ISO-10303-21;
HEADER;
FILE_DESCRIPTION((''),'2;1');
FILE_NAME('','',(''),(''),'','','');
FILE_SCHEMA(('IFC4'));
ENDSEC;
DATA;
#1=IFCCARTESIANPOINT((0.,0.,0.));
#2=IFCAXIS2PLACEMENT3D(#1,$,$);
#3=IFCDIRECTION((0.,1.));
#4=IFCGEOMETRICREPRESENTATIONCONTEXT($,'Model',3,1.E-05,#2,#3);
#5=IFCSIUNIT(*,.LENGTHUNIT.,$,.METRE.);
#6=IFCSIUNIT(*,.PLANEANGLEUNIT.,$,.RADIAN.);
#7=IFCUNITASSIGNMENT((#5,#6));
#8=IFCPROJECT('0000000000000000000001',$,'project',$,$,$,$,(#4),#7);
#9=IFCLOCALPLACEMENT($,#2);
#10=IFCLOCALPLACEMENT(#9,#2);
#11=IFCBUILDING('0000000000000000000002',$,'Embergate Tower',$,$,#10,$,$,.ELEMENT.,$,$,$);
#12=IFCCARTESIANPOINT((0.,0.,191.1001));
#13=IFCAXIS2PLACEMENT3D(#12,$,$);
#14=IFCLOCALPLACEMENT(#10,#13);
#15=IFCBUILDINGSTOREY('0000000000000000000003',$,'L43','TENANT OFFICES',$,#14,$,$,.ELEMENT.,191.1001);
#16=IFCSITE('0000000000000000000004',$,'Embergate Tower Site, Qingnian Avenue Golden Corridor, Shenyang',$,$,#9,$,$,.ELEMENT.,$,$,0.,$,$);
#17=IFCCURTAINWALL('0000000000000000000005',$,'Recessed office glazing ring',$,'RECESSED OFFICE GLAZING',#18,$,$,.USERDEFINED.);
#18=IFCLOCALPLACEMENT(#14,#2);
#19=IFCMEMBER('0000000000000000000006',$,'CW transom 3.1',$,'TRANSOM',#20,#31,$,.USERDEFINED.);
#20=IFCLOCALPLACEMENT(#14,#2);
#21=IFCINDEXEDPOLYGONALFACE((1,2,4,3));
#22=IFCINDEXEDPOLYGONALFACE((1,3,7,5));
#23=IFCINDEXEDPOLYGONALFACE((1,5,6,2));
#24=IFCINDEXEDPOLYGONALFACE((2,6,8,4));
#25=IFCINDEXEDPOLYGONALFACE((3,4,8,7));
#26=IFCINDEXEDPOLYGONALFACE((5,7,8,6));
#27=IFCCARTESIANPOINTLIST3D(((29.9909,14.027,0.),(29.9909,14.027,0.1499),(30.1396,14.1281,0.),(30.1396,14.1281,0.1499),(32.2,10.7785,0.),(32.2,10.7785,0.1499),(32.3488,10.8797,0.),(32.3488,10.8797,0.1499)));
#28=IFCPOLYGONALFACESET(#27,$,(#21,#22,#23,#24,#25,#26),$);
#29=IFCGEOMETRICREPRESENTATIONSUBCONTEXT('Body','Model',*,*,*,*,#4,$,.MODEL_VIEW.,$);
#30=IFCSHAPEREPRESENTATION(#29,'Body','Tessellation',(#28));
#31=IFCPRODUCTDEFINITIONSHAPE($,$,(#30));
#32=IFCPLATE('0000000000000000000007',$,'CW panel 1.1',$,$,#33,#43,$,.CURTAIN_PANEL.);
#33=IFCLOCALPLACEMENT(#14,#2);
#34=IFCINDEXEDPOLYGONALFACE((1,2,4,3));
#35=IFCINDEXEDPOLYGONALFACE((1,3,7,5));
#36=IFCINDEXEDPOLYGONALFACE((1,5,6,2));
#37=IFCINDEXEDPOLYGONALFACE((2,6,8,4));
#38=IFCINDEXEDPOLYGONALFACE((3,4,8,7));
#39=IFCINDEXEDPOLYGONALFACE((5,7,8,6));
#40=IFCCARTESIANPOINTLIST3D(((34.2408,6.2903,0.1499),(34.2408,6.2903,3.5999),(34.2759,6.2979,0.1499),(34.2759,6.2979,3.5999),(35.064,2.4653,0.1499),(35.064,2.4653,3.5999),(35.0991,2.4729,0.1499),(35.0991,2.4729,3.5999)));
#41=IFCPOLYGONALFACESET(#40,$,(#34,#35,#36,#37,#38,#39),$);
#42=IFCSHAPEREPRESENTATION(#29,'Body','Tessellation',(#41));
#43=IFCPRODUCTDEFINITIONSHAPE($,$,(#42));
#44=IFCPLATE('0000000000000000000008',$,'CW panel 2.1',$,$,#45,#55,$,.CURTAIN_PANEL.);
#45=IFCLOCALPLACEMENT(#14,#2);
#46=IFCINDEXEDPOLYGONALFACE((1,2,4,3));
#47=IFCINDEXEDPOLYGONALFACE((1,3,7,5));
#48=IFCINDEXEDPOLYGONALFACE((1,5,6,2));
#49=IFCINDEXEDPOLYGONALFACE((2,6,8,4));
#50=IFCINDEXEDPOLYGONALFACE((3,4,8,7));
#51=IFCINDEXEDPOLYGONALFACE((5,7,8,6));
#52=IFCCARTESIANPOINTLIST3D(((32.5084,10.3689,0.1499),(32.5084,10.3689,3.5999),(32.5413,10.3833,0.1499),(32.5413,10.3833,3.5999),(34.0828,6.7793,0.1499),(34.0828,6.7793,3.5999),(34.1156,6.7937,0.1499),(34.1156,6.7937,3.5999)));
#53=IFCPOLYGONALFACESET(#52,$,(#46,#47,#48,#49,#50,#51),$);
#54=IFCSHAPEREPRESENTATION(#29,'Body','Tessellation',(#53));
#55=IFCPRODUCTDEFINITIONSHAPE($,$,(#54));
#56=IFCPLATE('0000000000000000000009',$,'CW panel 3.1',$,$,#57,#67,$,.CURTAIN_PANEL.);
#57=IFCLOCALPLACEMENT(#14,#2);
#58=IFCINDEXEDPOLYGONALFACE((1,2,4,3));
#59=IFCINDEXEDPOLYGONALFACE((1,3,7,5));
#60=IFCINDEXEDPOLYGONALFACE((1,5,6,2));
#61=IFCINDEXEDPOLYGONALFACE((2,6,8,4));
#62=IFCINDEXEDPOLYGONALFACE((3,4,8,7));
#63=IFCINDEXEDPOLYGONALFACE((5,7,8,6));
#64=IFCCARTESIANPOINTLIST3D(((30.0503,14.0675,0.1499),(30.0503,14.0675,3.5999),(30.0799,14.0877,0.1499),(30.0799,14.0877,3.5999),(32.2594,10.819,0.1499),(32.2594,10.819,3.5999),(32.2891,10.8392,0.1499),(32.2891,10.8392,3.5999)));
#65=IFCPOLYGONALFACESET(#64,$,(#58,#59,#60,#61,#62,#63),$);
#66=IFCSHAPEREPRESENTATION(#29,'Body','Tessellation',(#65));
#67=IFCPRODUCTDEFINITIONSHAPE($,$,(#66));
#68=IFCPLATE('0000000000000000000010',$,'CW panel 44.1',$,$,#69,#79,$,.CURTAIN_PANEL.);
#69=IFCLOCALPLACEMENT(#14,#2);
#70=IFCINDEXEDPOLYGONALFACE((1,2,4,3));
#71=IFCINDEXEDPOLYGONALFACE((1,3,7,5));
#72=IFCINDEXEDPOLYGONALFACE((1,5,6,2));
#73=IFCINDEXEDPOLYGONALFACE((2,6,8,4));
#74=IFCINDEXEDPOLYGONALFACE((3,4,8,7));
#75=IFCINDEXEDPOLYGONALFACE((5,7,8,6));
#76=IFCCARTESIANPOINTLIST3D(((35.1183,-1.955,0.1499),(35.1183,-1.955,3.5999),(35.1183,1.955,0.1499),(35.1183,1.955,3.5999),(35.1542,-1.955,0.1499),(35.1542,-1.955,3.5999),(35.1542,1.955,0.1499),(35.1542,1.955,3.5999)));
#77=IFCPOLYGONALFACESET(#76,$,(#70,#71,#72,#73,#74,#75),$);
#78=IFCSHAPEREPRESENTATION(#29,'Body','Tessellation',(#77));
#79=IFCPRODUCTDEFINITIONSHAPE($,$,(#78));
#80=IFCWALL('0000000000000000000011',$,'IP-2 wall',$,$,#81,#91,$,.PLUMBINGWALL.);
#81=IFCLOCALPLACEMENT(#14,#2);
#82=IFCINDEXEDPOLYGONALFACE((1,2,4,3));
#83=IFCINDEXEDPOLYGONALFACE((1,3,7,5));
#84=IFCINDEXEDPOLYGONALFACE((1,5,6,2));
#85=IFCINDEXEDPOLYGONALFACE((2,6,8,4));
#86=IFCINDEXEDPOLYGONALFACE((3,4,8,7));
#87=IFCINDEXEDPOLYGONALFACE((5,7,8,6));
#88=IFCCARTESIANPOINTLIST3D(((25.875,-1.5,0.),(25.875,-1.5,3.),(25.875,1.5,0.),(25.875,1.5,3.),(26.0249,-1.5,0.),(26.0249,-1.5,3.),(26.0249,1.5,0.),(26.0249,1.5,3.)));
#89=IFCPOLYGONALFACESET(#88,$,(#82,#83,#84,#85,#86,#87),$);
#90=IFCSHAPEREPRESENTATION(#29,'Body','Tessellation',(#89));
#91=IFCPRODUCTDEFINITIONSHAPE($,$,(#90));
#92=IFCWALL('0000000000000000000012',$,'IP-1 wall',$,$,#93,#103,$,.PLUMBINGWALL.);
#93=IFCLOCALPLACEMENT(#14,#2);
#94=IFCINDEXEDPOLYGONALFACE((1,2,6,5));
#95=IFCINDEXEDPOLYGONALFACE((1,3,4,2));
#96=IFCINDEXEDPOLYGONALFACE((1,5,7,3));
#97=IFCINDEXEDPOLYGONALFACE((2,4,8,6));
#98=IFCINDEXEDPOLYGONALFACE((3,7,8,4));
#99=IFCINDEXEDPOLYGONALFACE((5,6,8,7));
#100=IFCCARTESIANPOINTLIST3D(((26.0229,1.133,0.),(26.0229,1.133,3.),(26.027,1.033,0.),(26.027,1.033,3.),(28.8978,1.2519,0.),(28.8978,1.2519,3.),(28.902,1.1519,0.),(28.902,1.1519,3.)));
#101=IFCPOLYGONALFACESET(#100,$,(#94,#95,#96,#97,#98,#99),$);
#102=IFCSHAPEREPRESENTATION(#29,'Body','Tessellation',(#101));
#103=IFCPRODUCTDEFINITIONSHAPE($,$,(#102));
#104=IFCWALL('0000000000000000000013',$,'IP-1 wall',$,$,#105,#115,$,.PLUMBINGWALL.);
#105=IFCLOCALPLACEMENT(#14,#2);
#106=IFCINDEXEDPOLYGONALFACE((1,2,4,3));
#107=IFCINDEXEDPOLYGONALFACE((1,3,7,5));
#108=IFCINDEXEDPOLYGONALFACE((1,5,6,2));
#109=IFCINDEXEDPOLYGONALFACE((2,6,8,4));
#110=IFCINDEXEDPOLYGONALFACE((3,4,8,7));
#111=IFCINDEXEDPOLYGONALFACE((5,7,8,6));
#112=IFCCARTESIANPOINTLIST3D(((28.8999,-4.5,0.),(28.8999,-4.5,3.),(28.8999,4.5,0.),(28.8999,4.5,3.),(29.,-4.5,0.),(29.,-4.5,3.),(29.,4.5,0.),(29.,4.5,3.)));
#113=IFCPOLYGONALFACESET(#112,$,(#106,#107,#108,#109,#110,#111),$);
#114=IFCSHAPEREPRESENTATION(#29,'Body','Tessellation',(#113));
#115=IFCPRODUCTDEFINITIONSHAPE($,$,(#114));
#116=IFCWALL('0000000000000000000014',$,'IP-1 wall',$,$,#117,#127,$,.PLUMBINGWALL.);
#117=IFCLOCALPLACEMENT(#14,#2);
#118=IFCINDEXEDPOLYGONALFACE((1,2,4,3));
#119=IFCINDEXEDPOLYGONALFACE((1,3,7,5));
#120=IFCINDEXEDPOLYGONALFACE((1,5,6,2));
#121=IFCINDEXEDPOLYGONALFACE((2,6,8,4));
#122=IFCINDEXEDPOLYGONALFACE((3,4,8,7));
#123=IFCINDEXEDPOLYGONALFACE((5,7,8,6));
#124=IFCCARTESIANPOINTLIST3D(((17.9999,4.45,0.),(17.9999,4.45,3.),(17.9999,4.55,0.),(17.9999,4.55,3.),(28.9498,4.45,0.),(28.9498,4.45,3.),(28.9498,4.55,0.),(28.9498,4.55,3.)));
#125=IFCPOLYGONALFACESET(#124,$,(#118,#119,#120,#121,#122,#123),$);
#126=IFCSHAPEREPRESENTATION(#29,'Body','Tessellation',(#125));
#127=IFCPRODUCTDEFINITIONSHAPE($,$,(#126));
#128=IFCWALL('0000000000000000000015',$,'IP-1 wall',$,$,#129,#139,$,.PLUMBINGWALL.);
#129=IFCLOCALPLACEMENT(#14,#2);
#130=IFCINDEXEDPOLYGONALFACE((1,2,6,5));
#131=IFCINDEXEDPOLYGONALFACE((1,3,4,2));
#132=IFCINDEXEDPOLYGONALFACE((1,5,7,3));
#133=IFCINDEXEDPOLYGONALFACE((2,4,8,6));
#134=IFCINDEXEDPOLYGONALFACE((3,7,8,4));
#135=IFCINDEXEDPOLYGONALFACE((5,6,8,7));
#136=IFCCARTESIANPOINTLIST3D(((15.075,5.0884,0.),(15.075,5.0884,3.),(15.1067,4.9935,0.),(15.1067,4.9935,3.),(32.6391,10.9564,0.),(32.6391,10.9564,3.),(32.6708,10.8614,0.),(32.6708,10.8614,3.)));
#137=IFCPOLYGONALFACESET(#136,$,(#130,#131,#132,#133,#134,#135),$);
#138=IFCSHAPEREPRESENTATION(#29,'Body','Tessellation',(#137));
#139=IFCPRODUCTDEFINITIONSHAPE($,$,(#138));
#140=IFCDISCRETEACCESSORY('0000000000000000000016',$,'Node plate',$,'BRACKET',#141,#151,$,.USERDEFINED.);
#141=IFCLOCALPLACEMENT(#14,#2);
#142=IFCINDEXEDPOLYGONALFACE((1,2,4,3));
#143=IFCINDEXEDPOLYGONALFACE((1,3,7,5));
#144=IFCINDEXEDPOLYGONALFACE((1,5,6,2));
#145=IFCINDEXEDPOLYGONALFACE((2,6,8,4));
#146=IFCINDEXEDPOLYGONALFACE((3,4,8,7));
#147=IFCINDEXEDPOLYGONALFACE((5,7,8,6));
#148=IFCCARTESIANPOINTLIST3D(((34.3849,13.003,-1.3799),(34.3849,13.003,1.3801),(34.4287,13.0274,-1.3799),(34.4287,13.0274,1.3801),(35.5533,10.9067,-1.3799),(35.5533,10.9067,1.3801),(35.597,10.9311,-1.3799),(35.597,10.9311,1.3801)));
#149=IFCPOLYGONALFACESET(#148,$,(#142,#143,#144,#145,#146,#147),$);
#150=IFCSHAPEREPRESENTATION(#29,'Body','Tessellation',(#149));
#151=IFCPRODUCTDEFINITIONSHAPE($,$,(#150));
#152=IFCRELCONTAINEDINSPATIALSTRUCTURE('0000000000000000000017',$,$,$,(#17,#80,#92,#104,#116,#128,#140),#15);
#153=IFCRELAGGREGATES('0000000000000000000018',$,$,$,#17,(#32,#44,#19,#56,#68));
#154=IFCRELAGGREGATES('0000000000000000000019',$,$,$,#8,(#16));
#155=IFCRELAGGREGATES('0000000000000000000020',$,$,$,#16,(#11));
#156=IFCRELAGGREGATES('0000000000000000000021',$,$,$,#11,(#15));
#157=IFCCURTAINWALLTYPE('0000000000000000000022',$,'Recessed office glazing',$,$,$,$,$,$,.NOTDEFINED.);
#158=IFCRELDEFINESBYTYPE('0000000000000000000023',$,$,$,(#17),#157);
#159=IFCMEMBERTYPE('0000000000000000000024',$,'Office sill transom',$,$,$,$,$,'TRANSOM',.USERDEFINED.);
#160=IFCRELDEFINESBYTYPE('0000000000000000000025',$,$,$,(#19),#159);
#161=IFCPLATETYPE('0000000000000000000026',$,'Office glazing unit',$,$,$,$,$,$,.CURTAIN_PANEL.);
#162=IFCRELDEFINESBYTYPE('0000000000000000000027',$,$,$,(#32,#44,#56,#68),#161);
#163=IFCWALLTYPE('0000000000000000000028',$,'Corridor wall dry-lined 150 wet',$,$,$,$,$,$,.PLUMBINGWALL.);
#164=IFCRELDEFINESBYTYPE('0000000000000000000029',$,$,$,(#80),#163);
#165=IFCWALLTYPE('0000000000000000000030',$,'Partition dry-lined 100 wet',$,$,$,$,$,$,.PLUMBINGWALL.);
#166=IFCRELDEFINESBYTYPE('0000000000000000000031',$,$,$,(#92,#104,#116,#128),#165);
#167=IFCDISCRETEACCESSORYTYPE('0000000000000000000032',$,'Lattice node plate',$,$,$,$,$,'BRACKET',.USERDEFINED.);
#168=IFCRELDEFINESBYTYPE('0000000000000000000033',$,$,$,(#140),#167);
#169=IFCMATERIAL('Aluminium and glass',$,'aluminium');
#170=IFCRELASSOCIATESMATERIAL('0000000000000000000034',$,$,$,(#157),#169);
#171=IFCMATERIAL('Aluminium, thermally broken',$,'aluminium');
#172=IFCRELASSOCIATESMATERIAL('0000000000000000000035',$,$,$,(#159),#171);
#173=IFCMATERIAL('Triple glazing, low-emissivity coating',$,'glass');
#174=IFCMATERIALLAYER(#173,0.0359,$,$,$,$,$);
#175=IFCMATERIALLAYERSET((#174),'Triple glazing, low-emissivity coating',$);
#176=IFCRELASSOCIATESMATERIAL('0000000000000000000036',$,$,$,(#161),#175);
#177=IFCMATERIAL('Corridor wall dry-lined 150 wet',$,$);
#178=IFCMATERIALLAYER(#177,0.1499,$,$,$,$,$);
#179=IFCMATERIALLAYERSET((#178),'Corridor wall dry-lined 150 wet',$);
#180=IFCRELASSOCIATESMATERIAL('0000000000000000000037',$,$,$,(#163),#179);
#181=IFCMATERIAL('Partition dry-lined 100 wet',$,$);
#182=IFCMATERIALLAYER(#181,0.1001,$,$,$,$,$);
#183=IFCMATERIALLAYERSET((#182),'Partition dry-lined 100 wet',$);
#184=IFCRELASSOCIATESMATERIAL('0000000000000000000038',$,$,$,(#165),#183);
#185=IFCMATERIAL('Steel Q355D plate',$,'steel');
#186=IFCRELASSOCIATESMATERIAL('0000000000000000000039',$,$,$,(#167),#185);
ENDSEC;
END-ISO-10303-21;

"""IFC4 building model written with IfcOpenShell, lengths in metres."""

from ifc_helpers import new_model, si_unit, direction, frame, frame_2d, origin, origin_2d, place, context, subcontext, project, spatial, rectangle, extrude, source, transform, mapped, material, layer, layer_set, material_profile, profile_set, type_object, element, aggregate, save


model = new_model("IFC4")

# Units and contexts
model_context = context("Model", 3, precision=1e-05, world=origin(), true_north=direction((0.0, 1.0)))
body_context = subcontext(model_context, "Body", "Model", "MODEL_VIEW")
ifc_project = project(units=[si_unit("LENGTHUNIT", "METRE"), si_unit("PLANEANGLEUNIT", "RADIAN")], contexts=[model_context])

# Site, building, storey
site_placement = place(None, origin())
site = spatial("IfcSite", under=ifc_project, at=site_placement, Name="Embergate Tower Site, Qingnian Avenue Golden Corridor, Shenyang", CompositionType="ELEMENT", RefElevation=0.0)
building_placement = place(site_placement, origin())
building = spatial("IfcBuilding", under=site, at=building_placement, Name="Embergate Tower", CompositionType="ELEMENT")
storey_placement = place(building_placement, frame((0.0, 0.0, 191.1001)))
storey = spatial("IfcBuildingStorey", under=building, at=storey_placement, Name="L43", Description="TENANT OFFICES", CompositionType="ELEMENT", Elevation=191.1001)

# Curtain wall, member, plates
ifc_material_1 = material(Name="Aluminium and glass", Category="aluminium")
curtain_wall_type = type_object("IfcCurtainWallType", Name="Recessed office glazing", PredefinedType="NOTDEFINED", material=ifc_material_1)
curtain_wall_placement = place(storey_placement, origin())
curtain_wall = element("IfcCurtainWall", 1, at=curtain_wall_placement, inside=storey, type_object=curtain_wall_type, Name="Recessed office glazing ring", ObjectType="RECESSED OFFICE GLAZING", PredefinedType="USERDEFINED")
ifc_material_2 = material(Name="Aluminium, thermally broken", Category="aluminium")
ifc_material_profile_1 = material_profile(ifc_material_2, rectangle(XDim=0.1799, YDim=0.1499, at=origin_2d()), Name="AL 150x180")
ifc_profile_set_1 = profile_set([ifc_material_profile_1], Name="Aluminium, thermally broken")
member_type_1 = type_object("IfcMemberType", Name="Office sill transom", ElementType="TRANSOM", PredefinedType="USERDEFINED", material=ifc_profile_set_1)
shared_shape_1 = source(origin(), body_context, "Body", "SweptSolid", [
    extrude(rectangle(XDim=0.1799, YDim=0.1499, at=origin_2d()), origin(), (0.0, 0.0, 1.0), 3.9285),
])
member_1_placement = place(storey_placement, frame((32.2744, 10.8291, 0.075), z_axis=(-0.562349, 0.8269, 0.0), x_axis=(-0.8269, -0.562349, 0.0)))
member_1 = element("IfcMember", 2, at=member_1_placement, type_object=member_type_1, Name="CW transom 3.1", ObjectType="TRANSOM", PredefinedType="USERDEFINED", context=body_context, shape_type="MappedRepresentation", body=[
    mapped(shared_shape_1, transform((0.0, 0.0, 0.0))),
])
ifc_material_3 = material(Name="Triple glazing, low-emissivity coating", Category="glass")
ifc_layer_1 = layer(ifc_material_3, 0.0359)
ifc_layer_set_1 = layer_set([ifc_layer_1], Name="Triple glazing, low-emissivity coating")
plate_type = type_object("IfcPlateType", Name="Office glazing unit", PredefinedType="CURTAIN_PANEL", material=ifc_layer_set_1)
shared_shape_2 = source(origin(), body_context, "Body", "SweptSolid", [
    extrude(rectangle(XDim=3.9126, YDim=0.0359, at=origin_2d()), origin(), (0.0, 0.0, 1.0), 3.45),
])
plate_1_placement = place(storey_placement, frame((34.6699, 4.3816, 0.1499), z_axis=(0.0, 0.0, 1.0), x_axis=(-0.2104, 0.977615, 0.0)))
plate_1 = element("IfcPlate", 3, at=plate_1_placement, type_object=plate_type, Name="CW panel 1.1", PredefinedType="CURTAIN_PANEL", context=body_context, shape_type="MappedRepresentation", body=[
    mapped(shared_shape_2, transform((0.0, 0.0, 0.0))),
])
shared_shape_3 = source(origin(), body_context, "Body", "SweptSolid", [
    extrude(rectangle(XDim=3.9197, YDim=0.0359, at=origin_2d()), origin(), (0.0, 0.0, 1.0), 3.45),
])
plate_2_placement = place(storey_placement, frame((33.312, 8.5813, 0.1499), z_axis=(0.0, 0.0, 1.0), x_axis=(-0.401655, 0.915791, 0.0)))
plate_2 = element("IfcPlate", 4, at=plate_2_placement, type_object=plate_type, Name="CW panel 2.1", PredefinedType="CURTAIN_PANEL", context=body_context, shape_type="MappedRepresentation", body=[
    mapped(shared_shape_3, transform((0.0, 0.0, 0.0))),
])
shared_shape_4 = source(origin(), body_context, "Body", "SweptSolid", [
    extrude(rectangle(XDim=3.9285, YDim=0.0359, at=origin_2d()), origin(), (0.0, 0.0, 1.0), 3.45),
])
plate_3_placement = place(storey_placement, frame((31.1697, 12.4534, 0.1499), z_axis=(0.0, 0.0, 1.0), x_axis=(-0.562345, 0.826903, 0.0)))
plate_3 = element("IfcPlate", 5, at=plate_3_placement, type_object=plate_type, Name="CW panel 3.1", PredefinedType="CURTAIN_PANEL", context=body_context, shape_type="MappedRepresentation", body=[
    mapped(shared_shape_4, transform((0.0, 0.0, 0.0))),
])
shared_shape_5 = source(origin(), body_context, "Body", "SweptSolid", [
    extrude(rectangle(XDim=3.9099, YDim=0.0359, at=origin_2d()), origin(), (0.0, 0.0, 1.0), 3.45),
])
plate_4_placement = place(storey_placement, frame((35.1362, 0.0, 0.1499), z_axis=(0.0, 0.0, 1.0), x_axis=(0.0, 1.0, 0.0)))
plate_4 = element("IfcPlate", 6, at=plate_4_placement, type_object=plate_type, Name="CW panel 44.1", PredefinedType="CURTAIN_PANEL", context=body_context, shape_type="MappedRepresentation", body=[
    mapped(shared_shape_5, transform((0.0, 0.0, 0.0))),
])
aggregate(curtain_wall, [plate_1, plate_2, member_1, plate_3, plate_4])

# Walls
ifc_material_4 = material(Name="Corridor wall dry-lined 150 wet")
ifc_layer_2 = layer(ifc_material_4, 0.1499)
ifc_layer_set_2 = layer_set([ifc_layer_2], Name="Corridor wall dry-lined 150 wet")
wall_type_1 = type_object("IfcWallType", Name="Corridor wall dry-lined 150 wet", PredefinedType="PLUMBINGWALL", material=ifc_layer_set_2)
shared_shape_6 = source(origin(), body_context, "Body", "SweptSolid", [
    extrude(rectangle(XDim=3.0, YDim=0.1499, at=frame_2d((1.5, 0.0))), origin(), (0.0, 0.0, 1.0), 3.0),
])
wall_1_placement = place(storey_placement, frame((25.95, 1.5, 0.0), z_axis=(0.0, 0.0, 1.0), x_axis=(0.0, -1.0, 0.0)))
element("IfcWall", 7, at=wall_1_placement, inside=storey, type_object=wall_type_1, Name="IP-2 wall", PredefinedType="PLUMBINGWALL", context=body_context, shape_type="MappedRepresentation", body=[
    mapped(shared_shape_6, transform((0.0, 0.0, 0.0))),
])
ifc_material_5 = material(Name="Partition dry-lined 100 wet")
ifc_layer_3 = layer(ifc_material_5, 0.1001)
ifc_layer_set_3 = layer_set([ifc_layer_3], Name="Partition dry-lined 100 wet")
wall_type_2 = type_object("IfcWallType", Name="Partition dry-lined 100 wet", PredefinedType="PLUMBINGWALL", material=ifc_layer_set_3)
shared_shape_7 = source(origin(), body_context, "Body", "SweptSolid", [
    extrude(rectangle(XDim=2.8774, YDim=0.1001, at=frame_2d((1.4387, 0.0))), origin(), (0.0, 0.0, 1.0), 3.0),
])
wall_2_placement = place(storey_placement, frame((28.8999, 1.2019, 0.0), z_axis=(0.0, 0.0, 1.0), x_axis=(-0.999146, -0.04132, 0.0)))
element("IfcWall", 8, at=wall_2_placement, inside=storey, type_object=wall_type_2, Name="IP-1 wall", PredefinedType="PLUMBINGWALL", context=body_context, shape_type="MappedRepresentation", body=[
    mapped(shared_shape_7, transform((0.0, 0.0, 0.0))),
])
shared_shape_8 = source(origin(), body_context, "Body", "SweptSolid", [
    extrude(rectangle(XDim=9.0, YDim=0.1001, at=frame_2d((4.5, 0.0))), origin(), (0.0, 0.0, 1.0), 3.0),
])
wall_3_placement = place(storey_placement, frame((28.95, 4.5, 0.0), z_axis=(0.0, 0.0, 1.0), x_axis=(0.0, -1.0, 0.0)))
element("IfcWall", 9, at=wall_3_placement, inside=storey, type_object=wall_type_2, Name="IP-1 wall", PredefinedType="PLUMBINGWALL", context=body_context, shape_type="MappedRepresentation", body=[
    mapped(shared_shape_8, transform((0.0, 0.0, 0.0))),
])
shared_shape_9 = source(origin(), body_context, "Body", "SweptSolid", [
    extrude(rectangle(XDim=10.95, YDim=0.1001, at=frame_2d((5.4751, 0.0))), origin(), (0.0, 0.0, 1.0), 3.0),
])
wall_4_placement = place(storey_placement, frame((28.95, 4.5, 0.0), z_axis=(0.0, 0.0, 1.0), x_axis=(-1.0, 0.0, 0.0)))
element("IfcWall", 10, at=wall_4_placement, inside=storey, type_object=wall_type_2, Name="IP-1 wall", PredefinedType="PLUMBINGWALL", context=body_context, shape_type="MappedRepresentation", body=[
    mapped(shared_shape_9, transform((0.0, 0.0, 0.0))),
])
shared_shape_10 = source(origin(), body_context, "Body", "SweptSolid", [
    extrude(rectangle(XDim=18.5183, YDim=0.1001, at=frame_2d((9.2593, 0.0))), origin(), (0.0, 0.0, 1.0), 3.0),
])
wall_5_placement = place(storey_placement, frame((32.655, 10.9089, 0.0), z_axis=(0.0, 0.0, 1.0), x_axis=(-0.948468, -0.316872, 0.0)))
element("IfcWall", 11, at=wall_5_placement, inside=storey, type_object=wall_type_2, Name="IP-1 wall", PredefinedType="PLUMBINGWALL", context=body_context, shape_type="MappedRepresentation", body=[
    mapped(shared_shape_10, transform((0.0, 0.0, 0.0))),
])

# Discrete accessory
ifc_material_6 = material(Name="Steel Q355D plate", Category="steel")
discrete_accessory_type = type_object("IfcDiscreteAccessoryType", Name="Lattice node plate", ElementType="BRACKET", PredefinedType="USERDEFINED", material=ifc_material_6)
shared_shape_11 = source(origin(), body_context, "Body", "SweptSolid", [
    extrude(rectangle(XDim=2.3999, YDim=0.05, at=origin_2d()), origin(), (0.0, 0.0, 1.0), 2.76),
])
discrete_accessory_placement = place(storey_placement, frame((34.991, 11.967, -1.3799), z_axis=(0.0, 0.0, 1.0), x_axis=(-0.486823, 0.8735, 0.0)))
element("IfcDiscreteAccessory", 12, at=discrete_accessory_placement, inside=storey, type_object=discrete_accessory_type, Name="Node plate", ObjectType="BRACKET", PredefinedType="USERDEFINED", context=body_context, shape_type="MappedRepresentation", body=[
    mapped(shared_shape_11, transform((0.0, 0.0, 0.0))),
])

save(model, "model.ifc")
